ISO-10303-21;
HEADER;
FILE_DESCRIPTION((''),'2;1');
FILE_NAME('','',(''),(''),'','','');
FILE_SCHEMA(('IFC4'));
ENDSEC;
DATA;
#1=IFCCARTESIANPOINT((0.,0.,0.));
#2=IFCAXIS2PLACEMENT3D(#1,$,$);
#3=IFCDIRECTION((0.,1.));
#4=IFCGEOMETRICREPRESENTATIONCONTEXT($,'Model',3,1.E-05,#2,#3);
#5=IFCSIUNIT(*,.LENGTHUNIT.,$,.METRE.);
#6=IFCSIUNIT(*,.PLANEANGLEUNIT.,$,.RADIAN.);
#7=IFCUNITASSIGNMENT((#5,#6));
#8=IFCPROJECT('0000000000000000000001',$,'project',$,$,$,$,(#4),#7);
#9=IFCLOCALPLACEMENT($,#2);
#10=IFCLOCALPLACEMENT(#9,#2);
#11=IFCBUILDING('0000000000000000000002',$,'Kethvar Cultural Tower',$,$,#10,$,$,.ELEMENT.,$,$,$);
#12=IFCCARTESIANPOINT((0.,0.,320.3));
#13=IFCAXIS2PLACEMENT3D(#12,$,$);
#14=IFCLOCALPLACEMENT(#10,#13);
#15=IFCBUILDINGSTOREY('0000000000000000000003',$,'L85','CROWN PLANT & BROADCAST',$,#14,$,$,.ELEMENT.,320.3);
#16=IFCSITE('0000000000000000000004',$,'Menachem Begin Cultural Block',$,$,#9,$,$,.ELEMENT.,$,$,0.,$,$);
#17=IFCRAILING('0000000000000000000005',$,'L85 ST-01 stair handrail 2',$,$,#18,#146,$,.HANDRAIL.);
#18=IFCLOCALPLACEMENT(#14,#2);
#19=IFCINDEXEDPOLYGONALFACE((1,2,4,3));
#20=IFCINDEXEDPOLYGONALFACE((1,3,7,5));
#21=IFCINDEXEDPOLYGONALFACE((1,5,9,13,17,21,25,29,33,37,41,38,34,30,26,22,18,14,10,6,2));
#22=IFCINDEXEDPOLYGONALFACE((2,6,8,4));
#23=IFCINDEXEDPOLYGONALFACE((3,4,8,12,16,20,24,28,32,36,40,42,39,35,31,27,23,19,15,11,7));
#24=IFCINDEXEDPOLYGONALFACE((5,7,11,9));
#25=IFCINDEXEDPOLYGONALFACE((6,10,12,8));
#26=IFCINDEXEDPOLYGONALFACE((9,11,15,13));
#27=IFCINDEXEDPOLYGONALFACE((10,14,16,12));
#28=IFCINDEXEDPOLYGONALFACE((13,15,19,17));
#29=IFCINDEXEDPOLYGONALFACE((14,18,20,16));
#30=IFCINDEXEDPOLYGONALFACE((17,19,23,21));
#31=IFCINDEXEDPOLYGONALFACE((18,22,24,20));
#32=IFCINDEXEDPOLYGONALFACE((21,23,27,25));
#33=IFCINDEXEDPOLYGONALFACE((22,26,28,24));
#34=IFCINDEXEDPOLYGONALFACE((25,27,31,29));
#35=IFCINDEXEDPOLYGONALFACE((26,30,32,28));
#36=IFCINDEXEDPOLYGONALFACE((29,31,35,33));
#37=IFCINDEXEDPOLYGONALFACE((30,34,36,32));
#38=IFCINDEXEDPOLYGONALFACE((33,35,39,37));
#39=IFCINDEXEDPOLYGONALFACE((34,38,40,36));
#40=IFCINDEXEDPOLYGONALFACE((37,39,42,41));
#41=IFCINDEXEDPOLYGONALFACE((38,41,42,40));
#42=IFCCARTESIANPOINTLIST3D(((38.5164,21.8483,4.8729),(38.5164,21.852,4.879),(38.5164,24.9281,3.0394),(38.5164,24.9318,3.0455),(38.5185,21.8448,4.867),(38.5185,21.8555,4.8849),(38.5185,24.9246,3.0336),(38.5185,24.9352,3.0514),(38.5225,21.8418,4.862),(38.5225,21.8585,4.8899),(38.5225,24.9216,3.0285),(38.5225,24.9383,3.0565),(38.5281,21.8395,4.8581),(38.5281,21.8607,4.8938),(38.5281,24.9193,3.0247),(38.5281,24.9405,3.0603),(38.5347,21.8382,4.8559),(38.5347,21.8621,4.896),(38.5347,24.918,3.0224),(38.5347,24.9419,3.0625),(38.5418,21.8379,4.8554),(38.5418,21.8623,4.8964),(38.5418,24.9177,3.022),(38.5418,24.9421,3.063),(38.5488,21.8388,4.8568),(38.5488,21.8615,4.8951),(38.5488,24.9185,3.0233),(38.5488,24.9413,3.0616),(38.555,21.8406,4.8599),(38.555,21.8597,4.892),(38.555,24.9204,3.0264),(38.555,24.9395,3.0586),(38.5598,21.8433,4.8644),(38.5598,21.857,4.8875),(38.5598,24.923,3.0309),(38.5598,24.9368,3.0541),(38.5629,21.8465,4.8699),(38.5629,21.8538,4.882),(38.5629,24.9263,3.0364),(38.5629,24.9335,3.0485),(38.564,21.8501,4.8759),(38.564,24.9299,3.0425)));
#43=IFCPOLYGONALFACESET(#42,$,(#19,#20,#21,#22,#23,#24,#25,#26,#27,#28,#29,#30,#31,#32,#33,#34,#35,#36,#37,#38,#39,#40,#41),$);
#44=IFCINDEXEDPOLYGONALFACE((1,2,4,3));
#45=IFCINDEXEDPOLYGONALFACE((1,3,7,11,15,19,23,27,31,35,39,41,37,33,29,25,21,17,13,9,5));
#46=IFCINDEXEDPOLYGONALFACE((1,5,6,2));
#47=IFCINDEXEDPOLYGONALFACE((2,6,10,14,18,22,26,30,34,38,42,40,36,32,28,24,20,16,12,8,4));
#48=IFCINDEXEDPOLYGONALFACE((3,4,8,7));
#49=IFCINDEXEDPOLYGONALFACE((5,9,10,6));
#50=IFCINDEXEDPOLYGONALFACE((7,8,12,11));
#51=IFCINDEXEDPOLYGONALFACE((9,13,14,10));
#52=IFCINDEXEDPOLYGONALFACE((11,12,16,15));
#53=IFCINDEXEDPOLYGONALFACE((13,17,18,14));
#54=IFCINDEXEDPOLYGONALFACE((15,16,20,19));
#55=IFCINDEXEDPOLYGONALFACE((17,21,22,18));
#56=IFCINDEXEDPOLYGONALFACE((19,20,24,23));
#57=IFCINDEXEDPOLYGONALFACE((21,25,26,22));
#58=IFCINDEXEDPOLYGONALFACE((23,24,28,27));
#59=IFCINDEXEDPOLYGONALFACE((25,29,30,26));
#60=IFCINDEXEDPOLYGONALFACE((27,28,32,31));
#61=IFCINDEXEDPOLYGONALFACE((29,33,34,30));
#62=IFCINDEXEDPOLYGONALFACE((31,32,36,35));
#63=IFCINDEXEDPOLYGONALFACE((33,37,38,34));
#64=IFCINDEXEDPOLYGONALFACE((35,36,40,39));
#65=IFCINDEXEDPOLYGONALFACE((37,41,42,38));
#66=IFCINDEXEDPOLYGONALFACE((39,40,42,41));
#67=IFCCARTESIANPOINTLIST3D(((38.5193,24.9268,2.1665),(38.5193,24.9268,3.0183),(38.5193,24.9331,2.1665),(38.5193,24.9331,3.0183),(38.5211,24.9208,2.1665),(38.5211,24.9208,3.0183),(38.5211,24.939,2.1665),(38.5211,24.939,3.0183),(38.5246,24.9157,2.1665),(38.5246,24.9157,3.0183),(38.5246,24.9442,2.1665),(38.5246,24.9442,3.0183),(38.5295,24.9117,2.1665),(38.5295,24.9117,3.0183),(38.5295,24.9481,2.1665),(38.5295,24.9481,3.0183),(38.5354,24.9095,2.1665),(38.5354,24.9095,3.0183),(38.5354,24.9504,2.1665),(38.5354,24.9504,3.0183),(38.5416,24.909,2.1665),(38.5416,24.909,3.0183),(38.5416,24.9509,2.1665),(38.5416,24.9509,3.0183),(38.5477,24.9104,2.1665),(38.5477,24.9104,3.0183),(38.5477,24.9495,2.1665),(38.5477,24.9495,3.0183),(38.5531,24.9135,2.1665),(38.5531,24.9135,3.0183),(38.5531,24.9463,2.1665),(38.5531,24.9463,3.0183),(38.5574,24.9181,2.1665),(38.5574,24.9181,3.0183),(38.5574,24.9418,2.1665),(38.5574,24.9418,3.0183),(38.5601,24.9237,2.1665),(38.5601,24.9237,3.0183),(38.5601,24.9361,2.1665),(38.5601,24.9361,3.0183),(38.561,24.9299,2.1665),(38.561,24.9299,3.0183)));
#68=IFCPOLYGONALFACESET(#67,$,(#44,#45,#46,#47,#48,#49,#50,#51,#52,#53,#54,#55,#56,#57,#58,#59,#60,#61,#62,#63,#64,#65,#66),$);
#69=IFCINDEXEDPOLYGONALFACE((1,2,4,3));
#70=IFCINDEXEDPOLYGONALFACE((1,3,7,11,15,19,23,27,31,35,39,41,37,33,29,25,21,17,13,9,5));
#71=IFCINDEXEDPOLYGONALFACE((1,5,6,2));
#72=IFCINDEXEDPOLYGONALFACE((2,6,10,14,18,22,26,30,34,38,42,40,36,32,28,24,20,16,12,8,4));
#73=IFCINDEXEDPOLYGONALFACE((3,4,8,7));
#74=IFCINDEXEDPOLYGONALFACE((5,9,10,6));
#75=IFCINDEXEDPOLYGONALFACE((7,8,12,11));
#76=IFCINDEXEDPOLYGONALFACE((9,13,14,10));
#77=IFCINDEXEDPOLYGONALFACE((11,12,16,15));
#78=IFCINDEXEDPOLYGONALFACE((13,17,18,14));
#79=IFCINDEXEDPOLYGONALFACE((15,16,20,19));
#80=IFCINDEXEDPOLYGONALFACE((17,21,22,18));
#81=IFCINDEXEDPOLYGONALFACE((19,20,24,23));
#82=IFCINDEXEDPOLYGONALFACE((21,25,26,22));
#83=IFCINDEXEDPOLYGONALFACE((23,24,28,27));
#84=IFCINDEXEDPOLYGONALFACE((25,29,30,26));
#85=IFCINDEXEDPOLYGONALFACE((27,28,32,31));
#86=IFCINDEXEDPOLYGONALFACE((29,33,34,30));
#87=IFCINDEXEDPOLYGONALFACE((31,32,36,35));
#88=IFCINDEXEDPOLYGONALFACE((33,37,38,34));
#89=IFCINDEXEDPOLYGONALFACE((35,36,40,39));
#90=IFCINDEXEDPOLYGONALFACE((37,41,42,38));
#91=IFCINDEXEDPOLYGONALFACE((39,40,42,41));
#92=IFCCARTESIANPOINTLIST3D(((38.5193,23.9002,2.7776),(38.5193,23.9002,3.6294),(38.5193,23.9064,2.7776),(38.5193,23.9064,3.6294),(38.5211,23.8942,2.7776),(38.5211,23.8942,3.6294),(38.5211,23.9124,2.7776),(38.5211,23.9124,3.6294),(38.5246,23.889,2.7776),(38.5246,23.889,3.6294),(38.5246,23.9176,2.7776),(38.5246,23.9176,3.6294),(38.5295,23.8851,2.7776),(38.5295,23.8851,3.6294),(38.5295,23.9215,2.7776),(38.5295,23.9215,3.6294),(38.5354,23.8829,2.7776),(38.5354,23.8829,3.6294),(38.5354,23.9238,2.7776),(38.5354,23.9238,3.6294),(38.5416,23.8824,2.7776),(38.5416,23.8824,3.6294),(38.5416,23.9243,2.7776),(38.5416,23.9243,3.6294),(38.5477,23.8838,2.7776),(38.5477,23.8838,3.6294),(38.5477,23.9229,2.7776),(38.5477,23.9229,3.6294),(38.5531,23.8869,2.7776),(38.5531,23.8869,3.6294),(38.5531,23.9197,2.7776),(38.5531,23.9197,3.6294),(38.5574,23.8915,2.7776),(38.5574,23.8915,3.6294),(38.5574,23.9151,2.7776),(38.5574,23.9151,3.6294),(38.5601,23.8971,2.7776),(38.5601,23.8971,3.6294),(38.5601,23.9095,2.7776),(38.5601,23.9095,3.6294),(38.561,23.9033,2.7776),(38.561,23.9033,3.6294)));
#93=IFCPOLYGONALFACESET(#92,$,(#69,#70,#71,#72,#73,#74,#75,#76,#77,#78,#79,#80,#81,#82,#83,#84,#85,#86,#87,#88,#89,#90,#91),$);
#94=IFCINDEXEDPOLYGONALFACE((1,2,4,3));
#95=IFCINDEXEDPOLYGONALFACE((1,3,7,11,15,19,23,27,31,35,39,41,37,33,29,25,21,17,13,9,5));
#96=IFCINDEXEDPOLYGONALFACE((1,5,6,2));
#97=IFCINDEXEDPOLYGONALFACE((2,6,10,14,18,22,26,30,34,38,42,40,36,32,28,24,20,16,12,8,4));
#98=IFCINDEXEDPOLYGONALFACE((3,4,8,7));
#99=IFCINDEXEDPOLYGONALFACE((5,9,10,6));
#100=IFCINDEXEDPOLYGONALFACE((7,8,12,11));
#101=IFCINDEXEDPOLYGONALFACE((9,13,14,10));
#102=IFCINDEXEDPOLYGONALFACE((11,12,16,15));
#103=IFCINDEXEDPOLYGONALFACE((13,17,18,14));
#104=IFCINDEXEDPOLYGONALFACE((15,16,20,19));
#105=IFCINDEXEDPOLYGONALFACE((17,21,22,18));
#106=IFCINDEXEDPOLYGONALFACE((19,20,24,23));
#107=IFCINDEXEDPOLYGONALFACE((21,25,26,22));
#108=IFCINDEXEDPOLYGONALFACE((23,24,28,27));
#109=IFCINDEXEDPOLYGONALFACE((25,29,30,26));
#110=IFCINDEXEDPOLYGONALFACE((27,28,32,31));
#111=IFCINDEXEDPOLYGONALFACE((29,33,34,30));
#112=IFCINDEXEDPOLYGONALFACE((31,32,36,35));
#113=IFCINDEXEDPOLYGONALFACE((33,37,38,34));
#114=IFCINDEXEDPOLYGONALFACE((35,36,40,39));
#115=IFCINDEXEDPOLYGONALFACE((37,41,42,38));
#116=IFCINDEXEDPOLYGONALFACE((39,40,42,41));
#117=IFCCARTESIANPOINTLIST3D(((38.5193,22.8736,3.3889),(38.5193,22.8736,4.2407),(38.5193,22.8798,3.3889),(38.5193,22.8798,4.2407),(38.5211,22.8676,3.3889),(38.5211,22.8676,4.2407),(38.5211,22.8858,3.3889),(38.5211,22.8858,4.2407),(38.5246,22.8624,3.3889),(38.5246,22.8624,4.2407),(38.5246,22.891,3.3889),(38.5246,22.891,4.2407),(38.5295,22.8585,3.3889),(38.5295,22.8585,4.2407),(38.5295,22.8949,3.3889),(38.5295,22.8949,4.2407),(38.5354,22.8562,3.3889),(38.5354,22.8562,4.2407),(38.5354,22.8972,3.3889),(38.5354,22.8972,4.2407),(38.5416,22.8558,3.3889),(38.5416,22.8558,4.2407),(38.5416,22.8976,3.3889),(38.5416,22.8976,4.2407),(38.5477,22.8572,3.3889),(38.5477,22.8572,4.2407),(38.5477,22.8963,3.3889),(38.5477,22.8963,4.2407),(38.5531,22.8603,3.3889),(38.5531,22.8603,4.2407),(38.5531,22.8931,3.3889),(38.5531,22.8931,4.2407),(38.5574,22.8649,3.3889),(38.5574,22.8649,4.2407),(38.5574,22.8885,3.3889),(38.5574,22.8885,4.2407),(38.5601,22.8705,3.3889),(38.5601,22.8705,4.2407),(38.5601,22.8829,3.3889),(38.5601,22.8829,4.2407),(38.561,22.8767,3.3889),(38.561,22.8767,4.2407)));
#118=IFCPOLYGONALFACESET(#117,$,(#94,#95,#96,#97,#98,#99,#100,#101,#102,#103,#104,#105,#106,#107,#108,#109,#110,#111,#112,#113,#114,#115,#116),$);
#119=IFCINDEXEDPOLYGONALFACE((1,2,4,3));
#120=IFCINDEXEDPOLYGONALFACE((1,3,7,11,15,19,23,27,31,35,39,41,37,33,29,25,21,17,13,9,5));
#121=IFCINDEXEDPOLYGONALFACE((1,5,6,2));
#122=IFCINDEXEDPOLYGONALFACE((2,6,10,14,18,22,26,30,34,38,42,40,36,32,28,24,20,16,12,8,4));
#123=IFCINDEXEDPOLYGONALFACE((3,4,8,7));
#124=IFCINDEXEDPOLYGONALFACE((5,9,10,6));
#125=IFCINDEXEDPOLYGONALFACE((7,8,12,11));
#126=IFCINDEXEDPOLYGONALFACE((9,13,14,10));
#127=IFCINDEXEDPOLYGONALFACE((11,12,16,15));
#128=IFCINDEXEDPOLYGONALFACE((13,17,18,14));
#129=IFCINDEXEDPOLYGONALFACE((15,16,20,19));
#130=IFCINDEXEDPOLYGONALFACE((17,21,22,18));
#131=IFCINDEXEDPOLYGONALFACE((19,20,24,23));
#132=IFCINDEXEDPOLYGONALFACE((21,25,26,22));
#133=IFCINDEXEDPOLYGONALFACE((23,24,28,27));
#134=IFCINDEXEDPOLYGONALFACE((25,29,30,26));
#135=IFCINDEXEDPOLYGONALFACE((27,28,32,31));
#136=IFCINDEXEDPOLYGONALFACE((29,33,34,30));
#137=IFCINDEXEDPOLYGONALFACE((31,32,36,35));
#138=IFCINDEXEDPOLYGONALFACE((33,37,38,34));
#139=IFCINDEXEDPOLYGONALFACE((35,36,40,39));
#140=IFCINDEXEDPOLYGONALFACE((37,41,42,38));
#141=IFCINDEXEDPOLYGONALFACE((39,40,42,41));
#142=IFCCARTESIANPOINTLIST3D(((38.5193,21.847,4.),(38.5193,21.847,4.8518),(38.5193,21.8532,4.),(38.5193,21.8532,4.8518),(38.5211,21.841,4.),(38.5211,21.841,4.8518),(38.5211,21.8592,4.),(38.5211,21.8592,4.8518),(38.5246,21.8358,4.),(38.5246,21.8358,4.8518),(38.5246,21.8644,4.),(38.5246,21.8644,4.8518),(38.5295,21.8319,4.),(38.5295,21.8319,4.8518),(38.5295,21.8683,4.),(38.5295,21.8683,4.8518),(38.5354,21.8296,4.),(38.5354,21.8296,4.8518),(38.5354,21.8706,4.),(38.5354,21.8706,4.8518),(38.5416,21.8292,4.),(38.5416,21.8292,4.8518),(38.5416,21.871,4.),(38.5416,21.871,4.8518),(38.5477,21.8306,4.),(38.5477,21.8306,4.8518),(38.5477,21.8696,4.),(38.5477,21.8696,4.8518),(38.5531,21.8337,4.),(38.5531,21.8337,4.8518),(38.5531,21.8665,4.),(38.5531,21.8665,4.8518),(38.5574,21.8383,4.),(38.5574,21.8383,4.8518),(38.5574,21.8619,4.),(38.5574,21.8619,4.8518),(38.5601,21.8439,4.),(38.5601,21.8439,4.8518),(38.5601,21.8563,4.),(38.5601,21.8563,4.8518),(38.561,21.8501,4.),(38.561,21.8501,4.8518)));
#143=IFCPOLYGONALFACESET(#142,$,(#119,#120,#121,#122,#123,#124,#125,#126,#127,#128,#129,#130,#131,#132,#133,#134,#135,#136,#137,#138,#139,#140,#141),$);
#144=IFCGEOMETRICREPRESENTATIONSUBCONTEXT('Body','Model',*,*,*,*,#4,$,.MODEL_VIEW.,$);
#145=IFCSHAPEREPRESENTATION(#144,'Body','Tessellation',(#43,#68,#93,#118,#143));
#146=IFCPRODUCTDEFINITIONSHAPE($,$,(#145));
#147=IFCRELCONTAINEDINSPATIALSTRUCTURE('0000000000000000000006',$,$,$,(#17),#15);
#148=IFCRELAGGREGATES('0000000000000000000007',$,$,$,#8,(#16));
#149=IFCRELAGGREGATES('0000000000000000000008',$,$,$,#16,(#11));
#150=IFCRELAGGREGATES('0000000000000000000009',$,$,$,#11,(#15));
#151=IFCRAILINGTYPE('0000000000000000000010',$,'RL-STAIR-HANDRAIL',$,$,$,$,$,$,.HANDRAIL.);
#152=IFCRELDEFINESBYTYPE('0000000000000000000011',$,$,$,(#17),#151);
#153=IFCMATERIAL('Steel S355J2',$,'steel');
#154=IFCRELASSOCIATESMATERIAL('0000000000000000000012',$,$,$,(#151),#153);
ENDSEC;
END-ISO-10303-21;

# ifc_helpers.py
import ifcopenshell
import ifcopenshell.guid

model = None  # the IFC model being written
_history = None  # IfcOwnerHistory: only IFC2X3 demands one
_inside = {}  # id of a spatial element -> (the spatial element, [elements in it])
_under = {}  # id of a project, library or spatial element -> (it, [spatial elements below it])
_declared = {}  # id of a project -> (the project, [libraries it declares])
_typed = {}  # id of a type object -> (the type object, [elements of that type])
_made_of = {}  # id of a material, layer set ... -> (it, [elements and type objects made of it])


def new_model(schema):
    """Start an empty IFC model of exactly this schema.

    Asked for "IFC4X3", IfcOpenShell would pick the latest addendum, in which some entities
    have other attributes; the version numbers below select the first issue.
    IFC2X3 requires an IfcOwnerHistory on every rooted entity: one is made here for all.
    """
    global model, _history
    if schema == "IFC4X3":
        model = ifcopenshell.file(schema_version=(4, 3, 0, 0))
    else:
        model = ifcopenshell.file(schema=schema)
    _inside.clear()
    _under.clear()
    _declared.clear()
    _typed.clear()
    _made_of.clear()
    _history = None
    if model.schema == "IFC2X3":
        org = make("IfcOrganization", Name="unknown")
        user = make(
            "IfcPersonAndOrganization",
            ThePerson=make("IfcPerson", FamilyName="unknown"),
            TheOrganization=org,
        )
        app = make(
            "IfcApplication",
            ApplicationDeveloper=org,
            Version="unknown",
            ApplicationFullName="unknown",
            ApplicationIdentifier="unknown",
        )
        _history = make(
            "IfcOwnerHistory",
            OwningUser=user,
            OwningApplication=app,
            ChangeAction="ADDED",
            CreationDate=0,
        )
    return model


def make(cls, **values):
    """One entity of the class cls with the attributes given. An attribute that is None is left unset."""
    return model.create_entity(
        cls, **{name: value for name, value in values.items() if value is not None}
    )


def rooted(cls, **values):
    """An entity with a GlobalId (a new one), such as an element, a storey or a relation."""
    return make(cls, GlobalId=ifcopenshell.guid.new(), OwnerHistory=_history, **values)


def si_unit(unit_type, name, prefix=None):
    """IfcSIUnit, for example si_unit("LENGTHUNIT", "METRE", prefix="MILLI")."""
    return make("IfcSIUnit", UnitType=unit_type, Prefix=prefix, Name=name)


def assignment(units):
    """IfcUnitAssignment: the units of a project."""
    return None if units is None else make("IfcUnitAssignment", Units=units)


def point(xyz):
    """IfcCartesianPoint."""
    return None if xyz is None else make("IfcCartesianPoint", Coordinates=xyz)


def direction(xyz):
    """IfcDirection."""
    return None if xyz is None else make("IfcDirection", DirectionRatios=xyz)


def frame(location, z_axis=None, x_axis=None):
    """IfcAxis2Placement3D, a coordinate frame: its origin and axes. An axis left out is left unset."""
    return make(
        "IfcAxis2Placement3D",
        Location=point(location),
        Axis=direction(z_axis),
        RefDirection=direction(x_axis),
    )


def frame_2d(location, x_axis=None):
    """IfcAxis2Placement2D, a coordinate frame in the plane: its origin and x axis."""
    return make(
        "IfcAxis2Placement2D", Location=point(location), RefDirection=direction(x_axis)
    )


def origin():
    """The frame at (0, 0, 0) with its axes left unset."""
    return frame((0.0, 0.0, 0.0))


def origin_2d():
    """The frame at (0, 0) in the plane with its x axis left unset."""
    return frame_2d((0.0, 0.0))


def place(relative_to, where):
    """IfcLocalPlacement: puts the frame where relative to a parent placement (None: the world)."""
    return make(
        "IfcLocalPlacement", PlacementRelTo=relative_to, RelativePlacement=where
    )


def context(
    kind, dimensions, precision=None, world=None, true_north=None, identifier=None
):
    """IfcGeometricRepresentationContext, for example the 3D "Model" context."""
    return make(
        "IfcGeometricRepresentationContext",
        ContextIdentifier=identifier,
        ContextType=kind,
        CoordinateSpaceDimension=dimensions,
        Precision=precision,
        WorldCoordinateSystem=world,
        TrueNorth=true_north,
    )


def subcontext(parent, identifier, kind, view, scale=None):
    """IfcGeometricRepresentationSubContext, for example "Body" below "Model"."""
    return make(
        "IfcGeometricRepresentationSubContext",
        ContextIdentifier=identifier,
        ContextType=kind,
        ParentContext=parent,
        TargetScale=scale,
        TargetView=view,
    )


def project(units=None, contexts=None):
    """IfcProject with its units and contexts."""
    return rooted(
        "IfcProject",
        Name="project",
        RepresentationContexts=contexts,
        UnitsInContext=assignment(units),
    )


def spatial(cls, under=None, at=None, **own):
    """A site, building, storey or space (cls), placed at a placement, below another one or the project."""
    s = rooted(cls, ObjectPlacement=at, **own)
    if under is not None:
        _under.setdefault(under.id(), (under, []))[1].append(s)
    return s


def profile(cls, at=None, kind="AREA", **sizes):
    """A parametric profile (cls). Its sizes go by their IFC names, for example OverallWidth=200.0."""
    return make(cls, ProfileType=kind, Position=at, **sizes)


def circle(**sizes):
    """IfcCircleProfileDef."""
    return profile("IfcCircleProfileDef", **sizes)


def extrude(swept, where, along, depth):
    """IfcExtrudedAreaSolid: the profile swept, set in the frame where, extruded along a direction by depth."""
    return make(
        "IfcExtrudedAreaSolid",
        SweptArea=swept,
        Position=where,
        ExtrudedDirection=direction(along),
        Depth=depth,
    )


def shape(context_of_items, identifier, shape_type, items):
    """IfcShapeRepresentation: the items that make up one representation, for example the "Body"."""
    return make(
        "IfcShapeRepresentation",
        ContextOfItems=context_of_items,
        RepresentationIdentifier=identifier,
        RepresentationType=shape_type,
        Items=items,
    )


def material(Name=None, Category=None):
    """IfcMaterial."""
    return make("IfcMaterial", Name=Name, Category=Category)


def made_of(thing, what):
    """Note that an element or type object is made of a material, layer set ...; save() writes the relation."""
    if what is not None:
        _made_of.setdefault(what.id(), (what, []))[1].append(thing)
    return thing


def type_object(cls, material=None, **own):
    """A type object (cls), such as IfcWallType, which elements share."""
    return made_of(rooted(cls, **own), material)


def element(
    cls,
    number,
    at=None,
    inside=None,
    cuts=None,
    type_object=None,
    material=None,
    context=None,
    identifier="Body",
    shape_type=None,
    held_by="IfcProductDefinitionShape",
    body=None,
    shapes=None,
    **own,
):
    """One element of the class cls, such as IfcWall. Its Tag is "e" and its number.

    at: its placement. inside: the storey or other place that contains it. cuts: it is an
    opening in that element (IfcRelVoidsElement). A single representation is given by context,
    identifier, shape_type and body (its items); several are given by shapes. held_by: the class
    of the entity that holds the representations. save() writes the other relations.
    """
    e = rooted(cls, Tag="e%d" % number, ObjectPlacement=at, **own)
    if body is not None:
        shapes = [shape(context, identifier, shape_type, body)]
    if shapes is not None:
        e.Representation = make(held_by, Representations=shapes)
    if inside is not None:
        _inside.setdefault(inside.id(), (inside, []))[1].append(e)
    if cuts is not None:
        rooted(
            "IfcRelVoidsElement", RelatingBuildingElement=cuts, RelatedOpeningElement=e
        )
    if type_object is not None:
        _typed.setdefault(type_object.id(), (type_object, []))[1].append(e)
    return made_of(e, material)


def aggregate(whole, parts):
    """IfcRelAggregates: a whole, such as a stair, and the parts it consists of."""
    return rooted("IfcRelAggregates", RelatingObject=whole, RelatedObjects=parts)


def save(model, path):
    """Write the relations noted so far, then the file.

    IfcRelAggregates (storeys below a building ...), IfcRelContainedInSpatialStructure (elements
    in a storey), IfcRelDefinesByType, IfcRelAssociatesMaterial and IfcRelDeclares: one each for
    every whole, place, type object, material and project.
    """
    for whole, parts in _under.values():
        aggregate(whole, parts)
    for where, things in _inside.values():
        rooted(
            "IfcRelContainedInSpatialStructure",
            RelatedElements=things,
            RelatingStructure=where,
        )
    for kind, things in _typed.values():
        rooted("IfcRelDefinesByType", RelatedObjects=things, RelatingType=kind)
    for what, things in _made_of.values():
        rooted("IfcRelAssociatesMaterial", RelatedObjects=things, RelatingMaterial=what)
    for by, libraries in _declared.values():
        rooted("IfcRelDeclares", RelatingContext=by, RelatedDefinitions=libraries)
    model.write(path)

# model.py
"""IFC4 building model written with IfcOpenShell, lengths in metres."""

from ifc_helpers import new_model, si_unit, direction, frame, origin, origin_2d, place, context, subcontext, project, spatial, circle, extrude, material, type_object, element, save


model = new_model("IFC4")

# Units and contexts
model_context = context("Model", 3, precision=1e-05, world=origin(), true_north=direction((0.0, 1.0)))
body_context = subcontext(model_context, "Body", "Model", "MODEL_VIEW")
ifc_project = project(units=[si_unit("LENGTHUNIT", "METRE"), si_unit("PLANEANGLEUNIT", "RADIAN")], contexts=[model_context])

# Site, building, storey
site_placement = place(None, origin())
site = spatial("IfcSite", under=ifc_project, at=site_placement, Name="Menachem Begin Cultural Block", CompositionType="ELEMENT", RefElevation=0.0)
building_placement = place(site_placement, origin())
building = spatial("IfcBuilding", under=site, at=building_placement, Name="Kethvar Cultural Tower", CompositionType="ELEMENT")
storey_placement = place(building_placement, frame((0.0, 0.0, 320.3)))
storey = spatial("IfcBuildingStorey", under=building, at=storey_placement, Name="L85", Description="CROWN PLANT & BROADCAST", CompositionType="ELEMENT", Elevation=320.3)

# Shared definitions
ifc_material_1 = material(Name="Steel S355J2", Category="steel")

# Railing
railing_type_1 = type_object("IfcRailingType", Name="RL-STAIR-HANDRAIL", PredefinedType="HANDRAIL", material=ifc_material_1)
railing_1_placement = place(storey_placement, frame((38.54, 24.9299, 2.1665)))
element("IfcRailing", 1, at=railing_1_placement, inside=storey, type_object=railing_type_1, Name="L85 ST-01 stair handrail 2", PredefinedType="HANDRAIL", context=body_context, shape_type="SweptSolid", body=[
    extrude(circle(Radius=0.0239, at=origin_2d()), frame((0.0, 0.0, 0.876), z_axis=(0.0, -0.859261, 0.511538), x_axis=(1.0, 0.0, 0.0)), (0.0, 0.0, 1.0), 3.5842),
    extrude(circle(Radius=0.021, at=origin_2d()), origin(), (0.0, 0.0, 1.0), 0.8518),
    extrude(circle(Radius=0.021, at=origin_2d()), frame((0.0, -1.0266, 0.6111)), (0.0, 0.0, 1.0), 0.8518),
    extrude(circle(Radius=0.021, at=origin_2d()), frame((0.0, -2.0532, 1.2224)), (0.0, 0.0, 1.0), 0.8518),
    extrude(circle(Radius=0.021, at=origin_2d()), frame((0.0, -3.0798, 1.8335)), (0.0, 0.0, 1.0), 0.8518),
])

save(model, "model.ifc")
